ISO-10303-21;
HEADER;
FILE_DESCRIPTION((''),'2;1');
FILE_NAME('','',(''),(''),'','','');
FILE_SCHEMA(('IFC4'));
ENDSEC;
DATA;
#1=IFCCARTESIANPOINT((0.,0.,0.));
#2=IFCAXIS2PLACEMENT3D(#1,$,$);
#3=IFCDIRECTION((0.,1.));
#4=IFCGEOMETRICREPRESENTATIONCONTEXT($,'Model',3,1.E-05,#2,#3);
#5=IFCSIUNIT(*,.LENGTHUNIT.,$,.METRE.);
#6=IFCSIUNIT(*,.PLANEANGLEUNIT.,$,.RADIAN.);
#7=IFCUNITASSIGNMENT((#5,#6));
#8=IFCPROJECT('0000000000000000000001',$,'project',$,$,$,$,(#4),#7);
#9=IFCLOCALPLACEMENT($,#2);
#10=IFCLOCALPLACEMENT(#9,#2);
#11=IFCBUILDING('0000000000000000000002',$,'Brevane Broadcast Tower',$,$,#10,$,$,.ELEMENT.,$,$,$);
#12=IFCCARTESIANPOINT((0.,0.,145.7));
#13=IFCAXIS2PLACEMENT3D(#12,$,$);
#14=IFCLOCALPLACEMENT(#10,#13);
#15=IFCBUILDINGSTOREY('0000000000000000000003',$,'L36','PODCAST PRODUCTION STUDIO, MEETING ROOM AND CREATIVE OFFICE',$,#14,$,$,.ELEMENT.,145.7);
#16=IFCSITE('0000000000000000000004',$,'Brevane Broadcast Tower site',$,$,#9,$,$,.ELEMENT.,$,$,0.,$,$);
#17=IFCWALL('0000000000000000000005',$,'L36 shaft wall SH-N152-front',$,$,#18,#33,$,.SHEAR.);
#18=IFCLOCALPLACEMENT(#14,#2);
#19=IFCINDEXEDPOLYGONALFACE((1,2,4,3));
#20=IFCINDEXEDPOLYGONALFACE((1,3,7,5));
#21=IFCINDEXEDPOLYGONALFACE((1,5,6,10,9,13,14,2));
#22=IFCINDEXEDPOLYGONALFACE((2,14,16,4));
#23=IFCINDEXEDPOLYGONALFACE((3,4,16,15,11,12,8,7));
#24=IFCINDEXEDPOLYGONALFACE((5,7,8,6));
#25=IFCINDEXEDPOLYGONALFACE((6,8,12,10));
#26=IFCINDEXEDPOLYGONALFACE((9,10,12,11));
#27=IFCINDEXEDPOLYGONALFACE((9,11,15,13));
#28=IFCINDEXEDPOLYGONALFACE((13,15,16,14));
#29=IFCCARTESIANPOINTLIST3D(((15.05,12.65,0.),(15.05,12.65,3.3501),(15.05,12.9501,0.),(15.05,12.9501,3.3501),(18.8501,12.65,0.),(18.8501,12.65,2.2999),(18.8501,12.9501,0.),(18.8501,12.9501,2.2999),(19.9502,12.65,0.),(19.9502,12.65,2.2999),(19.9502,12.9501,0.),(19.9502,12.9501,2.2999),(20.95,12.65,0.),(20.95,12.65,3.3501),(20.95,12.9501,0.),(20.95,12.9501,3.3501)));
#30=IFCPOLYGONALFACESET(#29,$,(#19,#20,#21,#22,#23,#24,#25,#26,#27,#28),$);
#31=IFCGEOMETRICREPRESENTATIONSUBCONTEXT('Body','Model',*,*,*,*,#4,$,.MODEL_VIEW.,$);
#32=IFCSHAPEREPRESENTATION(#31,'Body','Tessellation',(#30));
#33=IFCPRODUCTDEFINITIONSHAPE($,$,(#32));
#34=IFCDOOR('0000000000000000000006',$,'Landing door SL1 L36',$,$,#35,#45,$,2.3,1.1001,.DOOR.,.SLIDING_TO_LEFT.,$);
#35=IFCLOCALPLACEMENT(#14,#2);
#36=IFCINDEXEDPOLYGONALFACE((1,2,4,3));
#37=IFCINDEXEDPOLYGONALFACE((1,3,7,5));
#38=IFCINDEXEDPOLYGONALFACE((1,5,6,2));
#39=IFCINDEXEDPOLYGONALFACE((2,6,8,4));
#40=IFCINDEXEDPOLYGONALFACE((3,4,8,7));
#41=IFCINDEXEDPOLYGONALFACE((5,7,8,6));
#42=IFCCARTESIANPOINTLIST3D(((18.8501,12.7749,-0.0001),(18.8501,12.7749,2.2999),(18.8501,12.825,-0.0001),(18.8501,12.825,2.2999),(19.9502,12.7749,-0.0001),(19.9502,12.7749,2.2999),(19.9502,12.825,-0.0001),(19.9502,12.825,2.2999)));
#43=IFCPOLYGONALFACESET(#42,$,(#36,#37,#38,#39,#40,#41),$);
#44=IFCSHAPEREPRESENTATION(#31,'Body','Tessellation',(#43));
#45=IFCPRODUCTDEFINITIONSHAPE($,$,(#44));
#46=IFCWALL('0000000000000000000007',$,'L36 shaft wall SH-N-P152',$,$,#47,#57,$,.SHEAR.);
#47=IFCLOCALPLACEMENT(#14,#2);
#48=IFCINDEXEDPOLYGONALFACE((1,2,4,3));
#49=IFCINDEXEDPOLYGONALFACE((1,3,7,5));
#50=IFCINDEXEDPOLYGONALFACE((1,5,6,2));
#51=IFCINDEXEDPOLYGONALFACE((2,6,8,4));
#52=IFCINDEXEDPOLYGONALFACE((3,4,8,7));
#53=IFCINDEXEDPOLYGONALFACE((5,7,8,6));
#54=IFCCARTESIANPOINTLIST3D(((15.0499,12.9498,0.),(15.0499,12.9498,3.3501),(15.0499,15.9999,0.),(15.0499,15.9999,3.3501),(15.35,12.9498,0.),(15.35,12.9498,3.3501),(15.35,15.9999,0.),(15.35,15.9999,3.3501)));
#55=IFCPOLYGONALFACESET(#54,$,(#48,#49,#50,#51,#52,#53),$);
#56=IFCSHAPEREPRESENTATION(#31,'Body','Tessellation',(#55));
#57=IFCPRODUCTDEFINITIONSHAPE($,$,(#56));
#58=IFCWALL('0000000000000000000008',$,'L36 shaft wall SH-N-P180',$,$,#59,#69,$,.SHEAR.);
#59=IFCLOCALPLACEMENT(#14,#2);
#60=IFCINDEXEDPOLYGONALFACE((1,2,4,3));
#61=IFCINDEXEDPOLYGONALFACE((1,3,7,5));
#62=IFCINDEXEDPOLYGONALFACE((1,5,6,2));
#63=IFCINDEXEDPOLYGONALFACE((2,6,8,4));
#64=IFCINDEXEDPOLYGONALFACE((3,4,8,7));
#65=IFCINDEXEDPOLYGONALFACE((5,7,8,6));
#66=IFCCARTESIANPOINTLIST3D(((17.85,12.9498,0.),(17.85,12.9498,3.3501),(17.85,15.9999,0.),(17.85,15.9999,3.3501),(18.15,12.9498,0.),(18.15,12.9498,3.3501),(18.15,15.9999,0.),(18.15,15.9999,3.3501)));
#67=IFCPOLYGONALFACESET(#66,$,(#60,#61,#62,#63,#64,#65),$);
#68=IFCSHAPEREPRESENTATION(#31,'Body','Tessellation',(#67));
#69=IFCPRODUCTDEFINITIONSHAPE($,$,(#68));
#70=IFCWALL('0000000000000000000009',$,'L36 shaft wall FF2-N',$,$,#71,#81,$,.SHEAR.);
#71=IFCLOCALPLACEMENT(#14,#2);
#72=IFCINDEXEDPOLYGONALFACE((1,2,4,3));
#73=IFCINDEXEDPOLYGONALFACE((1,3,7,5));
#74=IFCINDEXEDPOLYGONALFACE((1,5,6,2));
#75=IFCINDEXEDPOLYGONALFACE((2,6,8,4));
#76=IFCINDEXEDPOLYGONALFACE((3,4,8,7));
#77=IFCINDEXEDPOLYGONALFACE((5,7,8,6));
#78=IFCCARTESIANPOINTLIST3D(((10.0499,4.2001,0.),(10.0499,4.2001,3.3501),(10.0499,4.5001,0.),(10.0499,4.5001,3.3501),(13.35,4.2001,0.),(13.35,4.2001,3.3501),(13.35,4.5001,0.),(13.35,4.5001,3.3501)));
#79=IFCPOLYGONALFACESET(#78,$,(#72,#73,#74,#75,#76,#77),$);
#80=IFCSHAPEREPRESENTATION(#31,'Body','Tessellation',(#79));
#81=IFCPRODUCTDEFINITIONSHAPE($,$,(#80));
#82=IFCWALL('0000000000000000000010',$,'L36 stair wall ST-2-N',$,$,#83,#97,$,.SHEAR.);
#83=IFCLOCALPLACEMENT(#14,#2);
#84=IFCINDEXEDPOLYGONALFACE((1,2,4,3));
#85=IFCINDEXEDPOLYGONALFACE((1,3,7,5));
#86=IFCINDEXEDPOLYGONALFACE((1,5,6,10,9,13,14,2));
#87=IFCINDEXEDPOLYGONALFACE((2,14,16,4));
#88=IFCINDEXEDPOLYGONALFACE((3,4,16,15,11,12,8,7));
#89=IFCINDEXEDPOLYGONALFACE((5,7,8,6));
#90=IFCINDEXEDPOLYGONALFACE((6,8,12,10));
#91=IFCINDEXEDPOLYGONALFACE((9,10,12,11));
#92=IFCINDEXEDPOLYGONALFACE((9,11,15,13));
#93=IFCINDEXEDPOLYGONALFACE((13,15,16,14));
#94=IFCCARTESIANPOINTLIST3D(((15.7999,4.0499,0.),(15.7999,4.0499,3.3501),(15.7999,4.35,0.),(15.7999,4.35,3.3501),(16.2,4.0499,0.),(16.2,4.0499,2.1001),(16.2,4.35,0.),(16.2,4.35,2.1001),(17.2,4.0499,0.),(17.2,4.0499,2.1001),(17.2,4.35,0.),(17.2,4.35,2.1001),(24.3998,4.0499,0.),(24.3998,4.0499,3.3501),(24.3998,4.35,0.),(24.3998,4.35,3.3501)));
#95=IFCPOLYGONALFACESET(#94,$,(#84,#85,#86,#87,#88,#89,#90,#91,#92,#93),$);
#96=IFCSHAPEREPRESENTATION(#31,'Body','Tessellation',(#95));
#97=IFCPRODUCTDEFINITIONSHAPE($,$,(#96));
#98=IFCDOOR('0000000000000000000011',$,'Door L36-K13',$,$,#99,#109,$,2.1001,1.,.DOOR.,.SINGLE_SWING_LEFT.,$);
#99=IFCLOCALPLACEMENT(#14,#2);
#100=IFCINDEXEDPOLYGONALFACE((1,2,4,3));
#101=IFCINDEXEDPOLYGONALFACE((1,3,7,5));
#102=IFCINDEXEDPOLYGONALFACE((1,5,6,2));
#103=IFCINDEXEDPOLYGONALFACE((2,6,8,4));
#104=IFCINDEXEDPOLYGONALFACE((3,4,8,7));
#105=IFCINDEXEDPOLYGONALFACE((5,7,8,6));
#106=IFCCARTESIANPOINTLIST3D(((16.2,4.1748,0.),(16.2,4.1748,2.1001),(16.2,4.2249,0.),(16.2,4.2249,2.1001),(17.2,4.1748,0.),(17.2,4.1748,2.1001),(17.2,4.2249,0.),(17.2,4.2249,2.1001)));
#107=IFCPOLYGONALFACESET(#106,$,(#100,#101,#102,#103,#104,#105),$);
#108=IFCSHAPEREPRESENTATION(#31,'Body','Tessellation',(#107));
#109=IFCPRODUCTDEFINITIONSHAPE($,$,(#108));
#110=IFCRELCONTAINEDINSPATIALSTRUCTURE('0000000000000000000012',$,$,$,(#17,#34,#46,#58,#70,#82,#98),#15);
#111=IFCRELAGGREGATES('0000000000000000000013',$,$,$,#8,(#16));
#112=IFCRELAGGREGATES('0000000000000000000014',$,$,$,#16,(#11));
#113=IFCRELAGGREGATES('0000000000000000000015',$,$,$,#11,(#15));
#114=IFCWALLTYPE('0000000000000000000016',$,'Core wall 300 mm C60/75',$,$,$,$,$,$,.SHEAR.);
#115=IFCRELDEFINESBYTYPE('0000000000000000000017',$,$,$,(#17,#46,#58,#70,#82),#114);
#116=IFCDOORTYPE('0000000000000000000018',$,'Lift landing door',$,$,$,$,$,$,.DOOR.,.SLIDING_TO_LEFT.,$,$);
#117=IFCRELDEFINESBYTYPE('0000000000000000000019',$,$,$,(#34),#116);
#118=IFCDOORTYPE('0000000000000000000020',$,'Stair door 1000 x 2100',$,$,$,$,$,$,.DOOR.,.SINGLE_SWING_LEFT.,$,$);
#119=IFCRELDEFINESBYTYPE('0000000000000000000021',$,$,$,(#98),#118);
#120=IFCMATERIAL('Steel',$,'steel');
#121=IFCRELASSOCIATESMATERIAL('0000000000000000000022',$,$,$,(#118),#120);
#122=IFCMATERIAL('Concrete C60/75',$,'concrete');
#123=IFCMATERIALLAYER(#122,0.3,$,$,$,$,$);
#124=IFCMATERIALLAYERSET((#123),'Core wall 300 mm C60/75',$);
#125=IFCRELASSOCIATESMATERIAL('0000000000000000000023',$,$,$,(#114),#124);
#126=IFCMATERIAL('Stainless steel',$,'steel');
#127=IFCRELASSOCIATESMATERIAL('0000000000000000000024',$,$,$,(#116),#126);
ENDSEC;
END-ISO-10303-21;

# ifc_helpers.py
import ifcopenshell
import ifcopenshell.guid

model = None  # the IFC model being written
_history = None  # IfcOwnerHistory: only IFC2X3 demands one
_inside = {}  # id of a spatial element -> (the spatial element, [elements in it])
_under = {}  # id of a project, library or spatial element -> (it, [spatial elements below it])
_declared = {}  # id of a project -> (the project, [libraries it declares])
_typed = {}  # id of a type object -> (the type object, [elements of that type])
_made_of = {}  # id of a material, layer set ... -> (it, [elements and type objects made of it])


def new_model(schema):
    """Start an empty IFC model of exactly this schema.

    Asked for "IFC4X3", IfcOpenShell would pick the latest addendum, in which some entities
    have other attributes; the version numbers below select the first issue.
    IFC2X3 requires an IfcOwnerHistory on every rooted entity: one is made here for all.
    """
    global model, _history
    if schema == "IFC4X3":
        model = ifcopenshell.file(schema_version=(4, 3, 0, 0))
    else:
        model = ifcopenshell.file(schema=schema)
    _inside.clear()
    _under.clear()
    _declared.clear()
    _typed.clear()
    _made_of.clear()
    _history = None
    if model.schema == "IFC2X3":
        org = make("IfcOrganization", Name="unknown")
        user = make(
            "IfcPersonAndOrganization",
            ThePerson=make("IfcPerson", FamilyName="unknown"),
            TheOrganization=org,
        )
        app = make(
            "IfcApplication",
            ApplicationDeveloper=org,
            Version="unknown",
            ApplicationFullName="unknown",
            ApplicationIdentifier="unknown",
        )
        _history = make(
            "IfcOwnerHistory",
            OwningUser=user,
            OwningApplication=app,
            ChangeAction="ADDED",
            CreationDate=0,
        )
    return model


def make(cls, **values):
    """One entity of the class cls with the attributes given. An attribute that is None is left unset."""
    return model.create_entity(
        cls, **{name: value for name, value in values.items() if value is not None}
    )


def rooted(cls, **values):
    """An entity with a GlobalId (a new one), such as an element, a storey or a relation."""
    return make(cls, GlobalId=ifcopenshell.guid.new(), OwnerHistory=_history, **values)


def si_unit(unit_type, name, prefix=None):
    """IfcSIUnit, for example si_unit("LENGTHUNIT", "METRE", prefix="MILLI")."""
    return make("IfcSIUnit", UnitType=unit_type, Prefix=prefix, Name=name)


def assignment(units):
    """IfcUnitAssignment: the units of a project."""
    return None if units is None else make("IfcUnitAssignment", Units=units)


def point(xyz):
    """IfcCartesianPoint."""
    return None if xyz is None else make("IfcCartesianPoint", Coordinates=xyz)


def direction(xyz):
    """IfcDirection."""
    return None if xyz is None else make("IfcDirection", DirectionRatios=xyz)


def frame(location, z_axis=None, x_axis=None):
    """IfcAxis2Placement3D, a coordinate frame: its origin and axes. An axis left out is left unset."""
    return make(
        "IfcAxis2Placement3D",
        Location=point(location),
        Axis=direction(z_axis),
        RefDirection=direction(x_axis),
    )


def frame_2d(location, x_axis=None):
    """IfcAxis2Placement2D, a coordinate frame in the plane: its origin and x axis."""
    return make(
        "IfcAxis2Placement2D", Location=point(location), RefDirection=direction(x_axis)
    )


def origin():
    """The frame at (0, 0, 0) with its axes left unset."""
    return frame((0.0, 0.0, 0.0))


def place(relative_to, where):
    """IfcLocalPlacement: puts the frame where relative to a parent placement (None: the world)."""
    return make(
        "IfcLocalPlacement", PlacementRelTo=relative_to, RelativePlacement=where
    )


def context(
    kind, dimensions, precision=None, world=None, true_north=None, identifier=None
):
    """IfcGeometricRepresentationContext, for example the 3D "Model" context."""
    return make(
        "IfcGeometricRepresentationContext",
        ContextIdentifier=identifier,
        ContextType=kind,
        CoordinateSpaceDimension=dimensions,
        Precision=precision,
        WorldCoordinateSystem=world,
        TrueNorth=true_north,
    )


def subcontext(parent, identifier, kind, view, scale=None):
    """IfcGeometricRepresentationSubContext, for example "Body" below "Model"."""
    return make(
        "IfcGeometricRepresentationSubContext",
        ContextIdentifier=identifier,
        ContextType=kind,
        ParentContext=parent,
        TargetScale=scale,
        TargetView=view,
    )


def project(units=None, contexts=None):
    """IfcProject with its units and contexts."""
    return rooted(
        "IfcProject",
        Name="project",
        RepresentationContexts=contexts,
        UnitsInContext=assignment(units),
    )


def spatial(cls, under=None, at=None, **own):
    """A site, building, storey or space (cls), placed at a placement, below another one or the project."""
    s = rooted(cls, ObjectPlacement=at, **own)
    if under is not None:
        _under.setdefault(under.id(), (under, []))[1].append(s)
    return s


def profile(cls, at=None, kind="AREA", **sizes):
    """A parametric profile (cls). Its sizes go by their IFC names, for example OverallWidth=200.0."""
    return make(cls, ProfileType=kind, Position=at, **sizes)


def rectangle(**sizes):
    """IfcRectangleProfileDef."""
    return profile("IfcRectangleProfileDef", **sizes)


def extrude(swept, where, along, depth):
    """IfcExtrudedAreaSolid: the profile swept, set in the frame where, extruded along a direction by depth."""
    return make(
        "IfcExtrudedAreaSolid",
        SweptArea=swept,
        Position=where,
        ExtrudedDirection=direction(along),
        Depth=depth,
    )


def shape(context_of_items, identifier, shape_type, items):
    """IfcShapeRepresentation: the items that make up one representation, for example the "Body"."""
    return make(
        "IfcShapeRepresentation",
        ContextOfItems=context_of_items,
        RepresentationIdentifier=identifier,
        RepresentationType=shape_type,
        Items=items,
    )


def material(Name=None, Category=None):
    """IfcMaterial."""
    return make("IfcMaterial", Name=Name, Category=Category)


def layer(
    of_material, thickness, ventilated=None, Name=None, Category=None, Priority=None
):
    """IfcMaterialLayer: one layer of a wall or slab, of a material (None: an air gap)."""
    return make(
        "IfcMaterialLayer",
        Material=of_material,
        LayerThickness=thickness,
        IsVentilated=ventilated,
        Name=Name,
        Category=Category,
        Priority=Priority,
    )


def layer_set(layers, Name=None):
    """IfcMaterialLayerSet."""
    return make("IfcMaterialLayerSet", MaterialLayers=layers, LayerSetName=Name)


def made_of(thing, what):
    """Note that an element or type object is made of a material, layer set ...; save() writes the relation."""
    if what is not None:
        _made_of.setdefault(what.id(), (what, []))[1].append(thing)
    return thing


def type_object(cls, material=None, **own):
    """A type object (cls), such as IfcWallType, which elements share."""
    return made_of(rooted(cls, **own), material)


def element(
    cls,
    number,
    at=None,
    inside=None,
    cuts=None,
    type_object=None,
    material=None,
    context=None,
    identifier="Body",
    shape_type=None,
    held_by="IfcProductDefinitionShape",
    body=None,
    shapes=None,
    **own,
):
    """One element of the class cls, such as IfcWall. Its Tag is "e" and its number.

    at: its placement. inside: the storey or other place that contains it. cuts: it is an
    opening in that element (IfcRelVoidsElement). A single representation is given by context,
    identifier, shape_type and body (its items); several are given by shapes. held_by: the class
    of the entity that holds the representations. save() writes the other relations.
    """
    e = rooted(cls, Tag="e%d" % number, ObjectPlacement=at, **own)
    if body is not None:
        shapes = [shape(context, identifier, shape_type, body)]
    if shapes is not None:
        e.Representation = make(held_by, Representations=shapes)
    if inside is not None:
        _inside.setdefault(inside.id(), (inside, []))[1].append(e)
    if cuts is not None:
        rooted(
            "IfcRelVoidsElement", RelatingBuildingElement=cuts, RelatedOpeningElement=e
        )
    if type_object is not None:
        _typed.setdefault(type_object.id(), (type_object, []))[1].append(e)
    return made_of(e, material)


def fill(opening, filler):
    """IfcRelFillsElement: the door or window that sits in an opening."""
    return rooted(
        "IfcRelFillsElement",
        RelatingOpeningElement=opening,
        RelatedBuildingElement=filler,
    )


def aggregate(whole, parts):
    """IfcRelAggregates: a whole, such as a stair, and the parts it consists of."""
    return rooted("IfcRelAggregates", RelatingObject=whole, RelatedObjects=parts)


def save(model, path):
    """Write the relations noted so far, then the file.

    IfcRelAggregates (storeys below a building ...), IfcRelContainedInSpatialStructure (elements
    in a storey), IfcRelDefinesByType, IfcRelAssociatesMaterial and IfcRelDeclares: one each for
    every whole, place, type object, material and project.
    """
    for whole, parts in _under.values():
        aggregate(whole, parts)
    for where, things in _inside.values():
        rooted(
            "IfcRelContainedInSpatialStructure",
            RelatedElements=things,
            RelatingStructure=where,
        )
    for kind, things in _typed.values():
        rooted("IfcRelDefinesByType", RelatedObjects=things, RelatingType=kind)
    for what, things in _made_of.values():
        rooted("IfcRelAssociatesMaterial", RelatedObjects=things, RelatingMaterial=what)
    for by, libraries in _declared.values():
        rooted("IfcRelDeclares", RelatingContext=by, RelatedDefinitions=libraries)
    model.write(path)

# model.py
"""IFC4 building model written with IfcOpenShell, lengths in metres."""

from ifc_helpers import new_model, si_unit, direction, frame, frame_2d, origin, place, context, subcontext, project, spatial, rectangle, extrude, material, layer, layer_set, type_object, element, fill, save


model = new_model("IFC4")

# Units and contexts
model_context = context("Model", 3, precision=1e-05, world=origin(), true_north=direction((0.0, 1.0)))
body_context = subcontext(model_context, "Body", "Model", "MODEL_VIEW")
ifc_project = project(units=[si_unit("LENGTHUNIT", "METRE"), si_unit("PLANEANGLEUNIT", "RADIAN")], contexts=[model_context])

# Site, building, storey
site_placement = place(None, origin())
site = spatial("IfcSite", under=ifc_project, at=site_placement, Name="Brevane Broadcast Tower site", CompositionType="ELEMENT", RefElevation=0.0)
building_placement = place(site_placement, origin())
building = spatial("IfcBuilding", under=site, at=building_placement, Name="Brevane Broadcast Tower", CompositionType="ELEMENT")
storey_placement = place(building_placement, frame((0.0, 0.0, 145.7)))
storey = spatial("IfcBuildingStorey", under=building, at=storey_placement, Name="L36", Description="PODCAST PRODUCTION STUDIO, MEETING ROOM AND CREATIVE OFFICE", CompositionType="ELEMENT", Elevation=145.7)

# Shared definitions
ifc_material_1 = material(Name="Steel", Category="steel")
door_type_1 = type_object("IfcDoorType", Name="Stair door 1000 x 2100", OperationType="SINGLE_SWING_LEFT", PredefinedType="DOOR", material=ifc_material_1)

# Shared definitions
ifc_material_2 = material(Name="Concrete C60/75", Category="concrete")
ifc_layer_1 = layer(ifc_material_2, 0.3)
ifc_layer_set_1 = layer_set([ifc_layer_1], Name="Core wall 300 mm C60/75")
wall_type_1 = type_object("IfcWallType", Name="Core wall 300 mm C60/75", PredefinedType="SHEAR", material=ifc_layer_set_1)

# Wall, opening, door
wall_1_placement = place(storey_placement, frame((15.05, 12.8, 0.0), z_axis=(0.0, 0.0, 1.0), x_axis=(1.0, 0.0, 0.0)))
wall_1 = element("IfcWall", 1, at=wall_1_placement, inside=storey, type_object=wall_type_1, Name="L36 shaft wall SH-N152-front", PredefinedType="SHEAR", context=body_context, shape_type="SweptSolid", body=[
    extrude(rectangle(XDim=5.8999, YDim=0.3, at=frame_2d((2.95, 0.0))), origin(), (0.0, 0.0, 1.0), 3.3501),
])
opening_1_placement = place(wall_1_placement, frame((3.8, 0.0, 0.0)))
opening_1 = element("IfcOpeningElement", 2, at=opening_1_placement, cuts=wall_1, PredefinedType="OPENING", context=body_context, shape_type="SweptSolid", body=[
    extrude(rectangle(XDim=1.1001, YDim=2.3, at=frame_2d((0.55, 1.1499))), frame((0.0, 0.1599, 0.0), z_axis=(0.0, -1.0, 0.0), x_axis=(1.0, 0.0, 0.0)), (0.0, 0.0, 1.0), 0.3201),
])
ifc_material_3 = material(Name="Stainless steel", Category="steel")
door_type_2 = type_object("IfcDoorType", Name="Lift landing door", OperationType="SLIDING_TO_LEFT", PredefinedType="DOOR", material=ifc_material_3)
door_1_placement = place(opening_1_placement, origin())
door_1 = element("IfcDoor", 3, at=door_1_placement, inside=storey, type_object=door_type_2, Name="Landing door SL1 L36", OperationType="SLIDING_TO_LEFT", OverallHeight=2.3, OverallWidth=1.1001, PredefinedType="DOOR", context=body_context, shape_type="SweptSolid", body=[
    extrude(rectangle(XDim=1.1001, YDim=2.3, at=frame_2d((0.55, 1.1499))), frame((0.0, 0.0249, 0.0), z_axis=(0.0, -1.0, 0.0), x_axis=(1.0, 0.0, 0.0)), (0.0, 0.0, 1.0), 0.05),
])
fill(opening_1, door_1)

# Walls
for number, where, z_axis, x_axis, name in (
    (4, (15.2, 12.95, 0.0), (0.0, 0.0, 1.0), (0.0, 1.0, 0.0), "L36 shaft wall SH-N-P152"),
    (5, (18.0, 12.95, 0.0), (0.0, 0.0, 1.0), (0.0, 1.0, 0.0), "L36 shaft wall SH-N-P180"),
):
    element("IfcWall", number, at=place(storey_placement, frame(where, z_axis=z_axis, x_axis=x_axis)), inside=storey, type_object=wall_type_1, Name=name, PredefinedType="SHEAR", context=body_context, shape_type="SweptSolid", body=[
        extrude(rectangle(XDim=3.05, YDim=0.3, at=frame_2d((1.5249, 0.0))), origin(), (0.0, 0.0, 1.0), 3.3501),
    ])
wall_2_placement = place(storey_placement, frame((10.05, 4.3501, 0.0), z_axis=(0.0, 0.0, 1.0), x_axis=(1.0, 0.0, 0.0)))
element("IfcWall", 6, at=wall_2_placement, inside=storey, type_object=wall_type_1, Name="L36 shaft wall FF2-N", PredefinedType="SHEAR", context=body_context, shape_type="SweptSolid", body=[
    extrude(rectangle(XDim=3.3, YDim=0.3, at=frame_2d((1.6499, 0.0))), origin(), (0.0, 0.0, 1.0), 3.3501),
])

# Wall, opening, door
wall_3_placement = place(storey_placement, frame((15.8, 4.2, 0.0), z_axis=(0.0, 0.0, 1.0), x_axis=(1.0, 0.0, 0.0)))
wall_3 = element("IfcWall", 7, at=wall_3_placement, inside=storey, type_object=wall_type_1, Name="L36 stair wall ST-2-N", PredefinedType="SHEAR", context=body_context, shape_type="SweptSolid", body=[
    extrude(rectangle(XDim=8.5999, YDim=0.3, at=frame_2d((4.2998, 0.0))), origin(), (0.0, 0.0, 1.0), 3.3501),
])
opening_2_placement = place(wall_3_placement, frame((0.3999, 0.0, 0.0)))
opening_2 = element("IfcOpeningElement", 8, at=opening_2_placement, cuts=wall_3, PredefinedType="OPENING", context=body_context, shape_type="SweptSolid", body=[
    extrude(rectangle(XDim=1.0, YDim=2.1001, at=frame_2d((0.5, 1.05))), frame((0.0, 0.1599, 0.0), z_axis=(0.0, -1.0, 0.0), x_axis=(1.0, 0.0, 0.0)), (0.0, 0.0, 1.0), 0.3201),
])
door_2_placement = place(opening_2_placement, origin())
door_2 = element("IfcDoor", 9, at=door_2_placement, inside=storey, type_object=door_type_1, Name="Door L36-K13", OperationType="SINGLE_SWING_LEFT", OverallHeight=2.1001, OverallWidth=1.0, PredefinedType="DOOR", context=body_context, shape_type="SweptSolid", body=[
    extrude(rectangle(XDim=1.0, YDim=2.1001, at=frame_2d((0.5, 1.05))), frame((0.0, 0.0249, 0.0), z_axis=(0.0, -1.0, 0.0), x_axis=(1.0, 0.0, 0.0)), (0.0, 0.0, 1.0), 0.05),
])
fill(opening_2, door_2)

save(model, "model.ifc")
